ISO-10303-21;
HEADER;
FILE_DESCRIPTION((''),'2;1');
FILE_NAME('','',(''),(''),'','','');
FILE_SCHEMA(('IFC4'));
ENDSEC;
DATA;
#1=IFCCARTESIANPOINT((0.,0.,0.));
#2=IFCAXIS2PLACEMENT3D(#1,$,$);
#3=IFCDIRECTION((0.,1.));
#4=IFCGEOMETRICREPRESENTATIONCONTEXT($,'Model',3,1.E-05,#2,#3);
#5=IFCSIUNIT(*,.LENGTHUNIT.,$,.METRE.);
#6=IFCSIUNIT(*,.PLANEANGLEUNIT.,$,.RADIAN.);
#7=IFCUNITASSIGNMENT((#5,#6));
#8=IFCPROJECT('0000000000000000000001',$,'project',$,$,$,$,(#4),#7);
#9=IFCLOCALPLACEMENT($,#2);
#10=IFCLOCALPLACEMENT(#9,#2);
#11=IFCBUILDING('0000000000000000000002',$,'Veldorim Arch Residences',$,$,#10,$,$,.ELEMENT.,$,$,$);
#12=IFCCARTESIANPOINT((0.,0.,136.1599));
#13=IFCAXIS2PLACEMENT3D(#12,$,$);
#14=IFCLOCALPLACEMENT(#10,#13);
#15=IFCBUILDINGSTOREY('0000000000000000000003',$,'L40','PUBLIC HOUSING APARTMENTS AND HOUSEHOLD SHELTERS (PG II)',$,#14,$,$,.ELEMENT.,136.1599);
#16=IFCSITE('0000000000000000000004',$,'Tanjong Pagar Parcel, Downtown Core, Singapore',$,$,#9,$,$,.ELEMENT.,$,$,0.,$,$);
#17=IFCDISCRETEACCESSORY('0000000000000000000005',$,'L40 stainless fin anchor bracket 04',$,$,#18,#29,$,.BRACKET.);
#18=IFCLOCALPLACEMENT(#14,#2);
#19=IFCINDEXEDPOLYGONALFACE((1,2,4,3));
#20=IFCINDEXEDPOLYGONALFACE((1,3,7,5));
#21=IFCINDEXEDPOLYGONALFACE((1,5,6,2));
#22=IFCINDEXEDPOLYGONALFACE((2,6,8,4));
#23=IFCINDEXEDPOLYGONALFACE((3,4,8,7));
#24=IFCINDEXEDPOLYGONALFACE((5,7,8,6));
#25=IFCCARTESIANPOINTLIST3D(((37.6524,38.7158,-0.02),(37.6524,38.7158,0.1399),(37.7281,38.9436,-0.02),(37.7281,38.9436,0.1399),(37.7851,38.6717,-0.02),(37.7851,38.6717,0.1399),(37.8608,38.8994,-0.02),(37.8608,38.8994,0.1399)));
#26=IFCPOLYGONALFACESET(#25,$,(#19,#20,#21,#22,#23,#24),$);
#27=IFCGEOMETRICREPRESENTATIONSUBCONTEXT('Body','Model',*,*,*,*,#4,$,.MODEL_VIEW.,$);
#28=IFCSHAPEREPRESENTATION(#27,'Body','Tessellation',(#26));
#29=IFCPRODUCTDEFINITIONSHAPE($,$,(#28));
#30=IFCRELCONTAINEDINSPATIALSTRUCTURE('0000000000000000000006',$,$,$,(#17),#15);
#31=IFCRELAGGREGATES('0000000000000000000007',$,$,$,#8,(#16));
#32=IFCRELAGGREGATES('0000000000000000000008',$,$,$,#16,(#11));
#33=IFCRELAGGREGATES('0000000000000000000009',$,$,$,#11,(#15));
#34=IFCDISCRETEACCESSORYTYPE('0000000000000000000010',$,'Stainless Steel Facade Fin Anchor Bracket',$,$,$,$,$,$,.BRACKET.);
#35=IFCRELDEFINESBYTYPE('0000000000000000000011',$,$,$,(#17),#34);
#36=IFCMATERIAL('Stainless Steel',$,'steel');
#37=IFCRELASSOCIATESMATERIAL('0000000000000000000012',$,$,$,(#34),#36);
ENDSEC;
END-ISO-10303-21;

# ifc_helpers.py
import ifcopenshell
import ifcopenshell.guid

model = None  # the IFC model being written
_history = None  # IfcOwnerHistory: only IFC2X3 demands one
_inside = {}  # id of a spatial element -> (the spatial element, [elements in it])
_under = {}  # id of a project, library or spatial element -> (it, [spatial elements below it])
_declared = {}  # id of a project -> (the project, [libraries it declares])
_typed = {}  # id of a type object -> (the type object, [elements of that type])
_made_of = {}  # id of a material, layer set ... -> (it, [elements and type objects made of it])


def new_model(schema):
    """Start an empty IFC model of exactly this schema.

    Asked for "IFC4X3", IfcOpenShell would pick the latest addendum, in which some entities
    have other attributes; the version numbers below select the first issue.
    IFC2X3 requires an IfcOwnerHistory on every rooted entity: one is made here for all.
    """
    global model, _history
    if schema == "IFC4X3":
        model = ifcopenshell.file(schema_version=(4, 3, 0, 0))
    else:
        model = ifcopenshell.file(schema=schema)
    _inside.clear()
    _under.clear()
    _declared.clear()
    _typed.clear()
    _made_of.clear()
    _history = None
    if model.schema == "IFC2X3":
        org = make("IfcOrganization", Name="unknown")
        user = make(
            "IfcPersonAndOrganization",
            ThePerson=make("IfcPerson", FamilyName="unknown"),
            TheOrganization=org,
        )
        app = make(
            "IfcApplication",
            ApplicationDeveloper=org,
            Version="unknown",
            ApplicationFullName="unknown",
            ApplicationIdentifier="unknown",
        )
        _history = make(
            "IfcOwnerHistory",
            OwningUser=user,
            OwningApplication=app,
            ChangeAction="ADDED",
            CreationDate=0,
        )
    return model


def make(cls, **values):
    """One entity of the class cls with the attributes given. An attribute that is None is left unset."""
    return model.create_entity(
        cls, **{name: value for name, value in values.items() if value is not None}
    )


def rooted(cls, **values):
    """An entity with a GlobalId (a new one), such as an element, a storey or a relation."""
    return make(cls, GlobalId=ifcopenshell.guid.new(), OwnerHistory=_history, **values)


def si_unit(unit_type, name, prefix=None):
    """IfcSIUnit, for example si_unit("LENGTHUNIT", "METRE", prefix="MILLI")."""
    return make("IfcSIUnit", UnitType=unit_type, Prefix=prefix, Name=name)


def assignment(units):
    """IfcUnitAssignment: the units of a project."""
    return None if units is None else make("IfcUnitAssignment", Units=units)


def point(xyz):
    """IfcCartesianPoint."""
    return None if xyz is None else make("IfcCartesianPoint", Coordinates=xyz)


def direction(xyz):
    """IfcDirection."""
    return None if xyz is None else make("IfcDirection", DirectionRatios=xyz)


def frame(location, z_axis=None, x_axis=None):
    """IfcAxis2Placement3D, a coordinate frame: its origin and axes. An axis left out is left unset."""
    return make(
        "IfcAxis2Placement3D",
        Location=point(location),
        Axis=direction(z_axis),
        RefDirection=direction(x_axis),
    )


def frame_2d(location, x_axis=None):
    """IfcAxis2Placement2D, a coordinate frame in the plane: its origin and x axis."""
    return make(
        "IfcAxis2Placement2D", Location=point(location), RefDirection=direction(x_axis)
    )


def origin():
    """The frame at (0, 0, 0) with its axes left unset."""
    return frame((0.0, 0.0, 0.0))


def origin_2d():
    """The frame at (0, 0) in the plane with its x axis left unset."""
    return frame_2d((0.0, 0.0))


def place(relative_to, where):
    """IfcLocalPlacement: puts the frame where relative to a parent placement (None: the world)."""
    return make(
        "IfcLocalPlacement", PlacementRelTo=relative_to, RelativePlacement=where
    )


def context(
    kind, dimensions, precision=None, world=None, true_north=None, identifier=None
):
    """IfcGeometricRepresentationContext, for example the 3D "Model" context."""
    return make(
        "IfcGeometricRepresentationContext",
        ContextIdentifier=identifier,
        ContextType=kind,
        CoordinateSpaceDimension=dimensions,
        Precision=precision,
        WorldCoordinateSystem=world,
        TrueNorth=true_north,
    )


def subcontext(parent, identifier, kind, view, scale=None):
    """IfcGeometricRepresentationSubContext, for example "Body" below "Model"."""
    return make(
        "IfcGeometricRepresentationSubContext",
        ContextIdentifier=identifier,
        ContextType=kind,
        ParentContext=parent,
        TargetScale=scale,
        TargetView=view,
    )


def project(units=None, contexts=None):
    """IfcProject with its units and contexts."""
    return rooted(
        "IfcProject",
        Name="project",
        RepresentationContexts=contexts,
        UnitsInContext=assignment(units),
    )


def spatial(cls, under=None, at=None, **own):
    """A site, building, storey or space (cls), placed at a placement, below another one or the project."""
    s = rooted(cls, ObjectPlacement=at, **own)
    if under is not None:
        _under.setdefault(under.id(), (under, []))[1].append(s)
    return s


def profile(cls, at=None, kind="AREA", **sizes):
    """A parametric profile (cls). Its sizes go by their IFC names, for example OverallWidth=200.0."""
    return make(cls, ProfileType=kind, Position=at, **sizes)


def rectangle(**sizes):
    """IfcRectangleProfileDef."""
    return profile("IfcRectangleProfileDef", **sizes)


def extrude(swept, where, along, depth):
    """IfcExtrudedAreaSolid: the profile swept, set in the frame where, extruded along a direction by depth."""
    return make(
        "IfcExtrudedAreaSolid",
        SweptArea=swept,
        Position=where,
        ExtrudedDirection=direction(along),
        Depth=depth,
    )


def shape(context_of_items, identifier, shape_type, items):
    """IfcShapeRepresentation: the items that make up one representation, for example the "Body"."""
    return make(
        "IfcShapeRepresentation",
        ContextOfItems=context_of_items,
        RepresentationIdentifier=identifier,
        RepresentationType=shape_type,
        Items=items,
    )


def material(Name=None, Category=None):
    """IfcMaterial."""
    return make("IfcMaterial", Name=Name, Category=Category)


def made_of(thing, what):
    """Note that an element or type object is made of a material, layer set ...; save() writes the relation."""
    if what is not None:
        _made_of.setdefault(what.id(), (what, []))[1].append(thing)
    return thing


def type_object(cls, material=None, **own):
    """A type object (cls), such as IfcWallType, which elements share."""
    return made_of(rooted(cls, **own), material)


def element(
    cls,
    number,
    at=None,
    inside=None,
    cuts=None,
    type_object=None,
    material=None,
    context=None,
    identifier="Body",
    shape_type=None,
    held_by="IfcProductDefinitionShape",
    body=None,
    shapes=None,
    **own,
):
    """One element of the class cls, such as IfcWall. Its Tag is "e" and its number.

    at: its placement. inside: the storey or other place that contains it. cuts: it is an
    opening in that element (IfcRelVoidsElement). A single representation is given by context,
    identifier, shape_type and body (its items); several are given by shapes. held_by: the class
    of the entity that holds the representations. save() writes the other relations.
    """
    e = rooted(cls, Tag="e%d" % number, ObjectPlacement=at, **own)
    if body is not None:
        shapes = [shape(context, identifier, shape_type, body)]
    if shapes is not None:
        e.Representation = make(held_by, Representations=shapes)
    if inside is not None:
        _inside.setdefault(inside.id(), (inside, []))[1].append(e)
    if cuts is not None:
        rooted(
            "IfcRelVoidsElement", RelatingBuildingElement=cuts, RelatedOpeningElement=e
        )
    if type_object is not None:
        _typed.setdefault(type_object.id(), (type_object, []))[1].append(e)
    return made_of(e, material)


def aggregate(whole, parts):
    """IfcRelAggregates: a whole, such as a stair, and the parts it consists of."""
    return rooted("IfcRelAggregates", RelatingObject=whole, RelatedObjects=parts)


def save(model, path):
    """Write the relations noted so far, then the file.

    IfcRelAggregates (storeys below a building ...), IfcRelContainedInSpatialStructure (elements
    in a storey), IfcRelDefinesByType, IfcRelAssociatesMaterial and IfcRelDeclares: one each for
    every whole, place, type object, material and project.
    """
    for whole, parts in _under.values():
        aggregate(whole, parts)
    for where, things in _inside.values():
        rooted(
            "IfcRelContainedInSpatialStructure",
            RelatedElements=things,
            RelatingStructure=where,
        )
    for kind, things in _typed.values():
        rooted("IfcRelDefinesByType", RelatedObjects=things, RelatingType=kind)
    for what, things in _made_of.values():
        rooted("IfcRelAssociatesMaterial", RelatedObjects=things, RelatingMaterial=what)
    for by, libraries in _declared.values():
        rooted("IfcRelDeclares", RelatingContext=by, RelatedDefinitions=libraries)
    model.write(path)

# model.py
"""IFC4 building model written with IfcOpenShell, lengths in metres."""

from ifc_helpers import new_model, si_unit, direction, frame, origin, origin_2d, place, context, subcontext, project, spatial, rectangle, extrude, material, type_object, element, save


model = new_model("IFC4")

# Units and contexts
model_context = context("Model", 3, precision=1e-05, world=origin(), true_north=direction((0.0, 1.0)))
body_context = subcontext(model_context, "Body", "Model", "MODEL_VIEW")
ifc_project = project(units=[si_unit("LENGTHUNIT", "METRE"), si_unit("PLANEANGLEUNIT", "RADIAN")], contexts=[model_context])

# Site, building, storey
site_placement = place(None, origin())
site = spatial("IfcSite", under=ifc_project, at=site_placement, Name="Tanjong Pagar Parcel, Downtown Core, Singapore", CompositionType="ELEMENT", RefElevation=0.0)
building_placement = place(site_placement, origin())
building = spatial("IfcBuilding", under=site, at=building_placement, Name="Veldorim Arch Residences", CompositionType="ELEMENT")
storey_placement = place(building_placement, frame((0.0, 0.0, 136.1599)))
storey = spatial("IfcBuildingStorey", under=building, at=storey_placement, Name="L40", Description="PUBLIC HOUSING APARTMENTS AND HOUSEHOLD SHELTERS (PG II)", CompositionType="ELEMENT", Elevation=136.1599)

# Discrete accessory
ifc_material_1 = material(Name="Stainless Steel", Category="steel")
discrete_accessory_type = type_object("IfcDiscreteAccessoryType", Name="Stainless Steel Facade Fin Anchor Bracket", PredefinedType="BRACKET", material=ifc_material_1)
discrete_accessory_placement = place(storey_placement, frame((37.7566, 38.8076, -0.02), z_axis=(0.0, 0.0, 1.0), x_axis=(0.948931, -0.315483, 0.0)))
element("IfcDiscreteAccessory", 1, at=discrete_accessory_placement, inside=storey, type_object=discrete_accessory_type, Name="L40 stainless fin anchor bracket 04", PredefinedType="BRACKET", context=body_context, shape_type="SweptSolid", body=[
    extrude(rectangle(XDim=0.1399, YDim=0.24, at=origin_2d()), origin(), (0.0, 0.0, 1.0), 0.1599),
])

save(model, "model.ifc")
